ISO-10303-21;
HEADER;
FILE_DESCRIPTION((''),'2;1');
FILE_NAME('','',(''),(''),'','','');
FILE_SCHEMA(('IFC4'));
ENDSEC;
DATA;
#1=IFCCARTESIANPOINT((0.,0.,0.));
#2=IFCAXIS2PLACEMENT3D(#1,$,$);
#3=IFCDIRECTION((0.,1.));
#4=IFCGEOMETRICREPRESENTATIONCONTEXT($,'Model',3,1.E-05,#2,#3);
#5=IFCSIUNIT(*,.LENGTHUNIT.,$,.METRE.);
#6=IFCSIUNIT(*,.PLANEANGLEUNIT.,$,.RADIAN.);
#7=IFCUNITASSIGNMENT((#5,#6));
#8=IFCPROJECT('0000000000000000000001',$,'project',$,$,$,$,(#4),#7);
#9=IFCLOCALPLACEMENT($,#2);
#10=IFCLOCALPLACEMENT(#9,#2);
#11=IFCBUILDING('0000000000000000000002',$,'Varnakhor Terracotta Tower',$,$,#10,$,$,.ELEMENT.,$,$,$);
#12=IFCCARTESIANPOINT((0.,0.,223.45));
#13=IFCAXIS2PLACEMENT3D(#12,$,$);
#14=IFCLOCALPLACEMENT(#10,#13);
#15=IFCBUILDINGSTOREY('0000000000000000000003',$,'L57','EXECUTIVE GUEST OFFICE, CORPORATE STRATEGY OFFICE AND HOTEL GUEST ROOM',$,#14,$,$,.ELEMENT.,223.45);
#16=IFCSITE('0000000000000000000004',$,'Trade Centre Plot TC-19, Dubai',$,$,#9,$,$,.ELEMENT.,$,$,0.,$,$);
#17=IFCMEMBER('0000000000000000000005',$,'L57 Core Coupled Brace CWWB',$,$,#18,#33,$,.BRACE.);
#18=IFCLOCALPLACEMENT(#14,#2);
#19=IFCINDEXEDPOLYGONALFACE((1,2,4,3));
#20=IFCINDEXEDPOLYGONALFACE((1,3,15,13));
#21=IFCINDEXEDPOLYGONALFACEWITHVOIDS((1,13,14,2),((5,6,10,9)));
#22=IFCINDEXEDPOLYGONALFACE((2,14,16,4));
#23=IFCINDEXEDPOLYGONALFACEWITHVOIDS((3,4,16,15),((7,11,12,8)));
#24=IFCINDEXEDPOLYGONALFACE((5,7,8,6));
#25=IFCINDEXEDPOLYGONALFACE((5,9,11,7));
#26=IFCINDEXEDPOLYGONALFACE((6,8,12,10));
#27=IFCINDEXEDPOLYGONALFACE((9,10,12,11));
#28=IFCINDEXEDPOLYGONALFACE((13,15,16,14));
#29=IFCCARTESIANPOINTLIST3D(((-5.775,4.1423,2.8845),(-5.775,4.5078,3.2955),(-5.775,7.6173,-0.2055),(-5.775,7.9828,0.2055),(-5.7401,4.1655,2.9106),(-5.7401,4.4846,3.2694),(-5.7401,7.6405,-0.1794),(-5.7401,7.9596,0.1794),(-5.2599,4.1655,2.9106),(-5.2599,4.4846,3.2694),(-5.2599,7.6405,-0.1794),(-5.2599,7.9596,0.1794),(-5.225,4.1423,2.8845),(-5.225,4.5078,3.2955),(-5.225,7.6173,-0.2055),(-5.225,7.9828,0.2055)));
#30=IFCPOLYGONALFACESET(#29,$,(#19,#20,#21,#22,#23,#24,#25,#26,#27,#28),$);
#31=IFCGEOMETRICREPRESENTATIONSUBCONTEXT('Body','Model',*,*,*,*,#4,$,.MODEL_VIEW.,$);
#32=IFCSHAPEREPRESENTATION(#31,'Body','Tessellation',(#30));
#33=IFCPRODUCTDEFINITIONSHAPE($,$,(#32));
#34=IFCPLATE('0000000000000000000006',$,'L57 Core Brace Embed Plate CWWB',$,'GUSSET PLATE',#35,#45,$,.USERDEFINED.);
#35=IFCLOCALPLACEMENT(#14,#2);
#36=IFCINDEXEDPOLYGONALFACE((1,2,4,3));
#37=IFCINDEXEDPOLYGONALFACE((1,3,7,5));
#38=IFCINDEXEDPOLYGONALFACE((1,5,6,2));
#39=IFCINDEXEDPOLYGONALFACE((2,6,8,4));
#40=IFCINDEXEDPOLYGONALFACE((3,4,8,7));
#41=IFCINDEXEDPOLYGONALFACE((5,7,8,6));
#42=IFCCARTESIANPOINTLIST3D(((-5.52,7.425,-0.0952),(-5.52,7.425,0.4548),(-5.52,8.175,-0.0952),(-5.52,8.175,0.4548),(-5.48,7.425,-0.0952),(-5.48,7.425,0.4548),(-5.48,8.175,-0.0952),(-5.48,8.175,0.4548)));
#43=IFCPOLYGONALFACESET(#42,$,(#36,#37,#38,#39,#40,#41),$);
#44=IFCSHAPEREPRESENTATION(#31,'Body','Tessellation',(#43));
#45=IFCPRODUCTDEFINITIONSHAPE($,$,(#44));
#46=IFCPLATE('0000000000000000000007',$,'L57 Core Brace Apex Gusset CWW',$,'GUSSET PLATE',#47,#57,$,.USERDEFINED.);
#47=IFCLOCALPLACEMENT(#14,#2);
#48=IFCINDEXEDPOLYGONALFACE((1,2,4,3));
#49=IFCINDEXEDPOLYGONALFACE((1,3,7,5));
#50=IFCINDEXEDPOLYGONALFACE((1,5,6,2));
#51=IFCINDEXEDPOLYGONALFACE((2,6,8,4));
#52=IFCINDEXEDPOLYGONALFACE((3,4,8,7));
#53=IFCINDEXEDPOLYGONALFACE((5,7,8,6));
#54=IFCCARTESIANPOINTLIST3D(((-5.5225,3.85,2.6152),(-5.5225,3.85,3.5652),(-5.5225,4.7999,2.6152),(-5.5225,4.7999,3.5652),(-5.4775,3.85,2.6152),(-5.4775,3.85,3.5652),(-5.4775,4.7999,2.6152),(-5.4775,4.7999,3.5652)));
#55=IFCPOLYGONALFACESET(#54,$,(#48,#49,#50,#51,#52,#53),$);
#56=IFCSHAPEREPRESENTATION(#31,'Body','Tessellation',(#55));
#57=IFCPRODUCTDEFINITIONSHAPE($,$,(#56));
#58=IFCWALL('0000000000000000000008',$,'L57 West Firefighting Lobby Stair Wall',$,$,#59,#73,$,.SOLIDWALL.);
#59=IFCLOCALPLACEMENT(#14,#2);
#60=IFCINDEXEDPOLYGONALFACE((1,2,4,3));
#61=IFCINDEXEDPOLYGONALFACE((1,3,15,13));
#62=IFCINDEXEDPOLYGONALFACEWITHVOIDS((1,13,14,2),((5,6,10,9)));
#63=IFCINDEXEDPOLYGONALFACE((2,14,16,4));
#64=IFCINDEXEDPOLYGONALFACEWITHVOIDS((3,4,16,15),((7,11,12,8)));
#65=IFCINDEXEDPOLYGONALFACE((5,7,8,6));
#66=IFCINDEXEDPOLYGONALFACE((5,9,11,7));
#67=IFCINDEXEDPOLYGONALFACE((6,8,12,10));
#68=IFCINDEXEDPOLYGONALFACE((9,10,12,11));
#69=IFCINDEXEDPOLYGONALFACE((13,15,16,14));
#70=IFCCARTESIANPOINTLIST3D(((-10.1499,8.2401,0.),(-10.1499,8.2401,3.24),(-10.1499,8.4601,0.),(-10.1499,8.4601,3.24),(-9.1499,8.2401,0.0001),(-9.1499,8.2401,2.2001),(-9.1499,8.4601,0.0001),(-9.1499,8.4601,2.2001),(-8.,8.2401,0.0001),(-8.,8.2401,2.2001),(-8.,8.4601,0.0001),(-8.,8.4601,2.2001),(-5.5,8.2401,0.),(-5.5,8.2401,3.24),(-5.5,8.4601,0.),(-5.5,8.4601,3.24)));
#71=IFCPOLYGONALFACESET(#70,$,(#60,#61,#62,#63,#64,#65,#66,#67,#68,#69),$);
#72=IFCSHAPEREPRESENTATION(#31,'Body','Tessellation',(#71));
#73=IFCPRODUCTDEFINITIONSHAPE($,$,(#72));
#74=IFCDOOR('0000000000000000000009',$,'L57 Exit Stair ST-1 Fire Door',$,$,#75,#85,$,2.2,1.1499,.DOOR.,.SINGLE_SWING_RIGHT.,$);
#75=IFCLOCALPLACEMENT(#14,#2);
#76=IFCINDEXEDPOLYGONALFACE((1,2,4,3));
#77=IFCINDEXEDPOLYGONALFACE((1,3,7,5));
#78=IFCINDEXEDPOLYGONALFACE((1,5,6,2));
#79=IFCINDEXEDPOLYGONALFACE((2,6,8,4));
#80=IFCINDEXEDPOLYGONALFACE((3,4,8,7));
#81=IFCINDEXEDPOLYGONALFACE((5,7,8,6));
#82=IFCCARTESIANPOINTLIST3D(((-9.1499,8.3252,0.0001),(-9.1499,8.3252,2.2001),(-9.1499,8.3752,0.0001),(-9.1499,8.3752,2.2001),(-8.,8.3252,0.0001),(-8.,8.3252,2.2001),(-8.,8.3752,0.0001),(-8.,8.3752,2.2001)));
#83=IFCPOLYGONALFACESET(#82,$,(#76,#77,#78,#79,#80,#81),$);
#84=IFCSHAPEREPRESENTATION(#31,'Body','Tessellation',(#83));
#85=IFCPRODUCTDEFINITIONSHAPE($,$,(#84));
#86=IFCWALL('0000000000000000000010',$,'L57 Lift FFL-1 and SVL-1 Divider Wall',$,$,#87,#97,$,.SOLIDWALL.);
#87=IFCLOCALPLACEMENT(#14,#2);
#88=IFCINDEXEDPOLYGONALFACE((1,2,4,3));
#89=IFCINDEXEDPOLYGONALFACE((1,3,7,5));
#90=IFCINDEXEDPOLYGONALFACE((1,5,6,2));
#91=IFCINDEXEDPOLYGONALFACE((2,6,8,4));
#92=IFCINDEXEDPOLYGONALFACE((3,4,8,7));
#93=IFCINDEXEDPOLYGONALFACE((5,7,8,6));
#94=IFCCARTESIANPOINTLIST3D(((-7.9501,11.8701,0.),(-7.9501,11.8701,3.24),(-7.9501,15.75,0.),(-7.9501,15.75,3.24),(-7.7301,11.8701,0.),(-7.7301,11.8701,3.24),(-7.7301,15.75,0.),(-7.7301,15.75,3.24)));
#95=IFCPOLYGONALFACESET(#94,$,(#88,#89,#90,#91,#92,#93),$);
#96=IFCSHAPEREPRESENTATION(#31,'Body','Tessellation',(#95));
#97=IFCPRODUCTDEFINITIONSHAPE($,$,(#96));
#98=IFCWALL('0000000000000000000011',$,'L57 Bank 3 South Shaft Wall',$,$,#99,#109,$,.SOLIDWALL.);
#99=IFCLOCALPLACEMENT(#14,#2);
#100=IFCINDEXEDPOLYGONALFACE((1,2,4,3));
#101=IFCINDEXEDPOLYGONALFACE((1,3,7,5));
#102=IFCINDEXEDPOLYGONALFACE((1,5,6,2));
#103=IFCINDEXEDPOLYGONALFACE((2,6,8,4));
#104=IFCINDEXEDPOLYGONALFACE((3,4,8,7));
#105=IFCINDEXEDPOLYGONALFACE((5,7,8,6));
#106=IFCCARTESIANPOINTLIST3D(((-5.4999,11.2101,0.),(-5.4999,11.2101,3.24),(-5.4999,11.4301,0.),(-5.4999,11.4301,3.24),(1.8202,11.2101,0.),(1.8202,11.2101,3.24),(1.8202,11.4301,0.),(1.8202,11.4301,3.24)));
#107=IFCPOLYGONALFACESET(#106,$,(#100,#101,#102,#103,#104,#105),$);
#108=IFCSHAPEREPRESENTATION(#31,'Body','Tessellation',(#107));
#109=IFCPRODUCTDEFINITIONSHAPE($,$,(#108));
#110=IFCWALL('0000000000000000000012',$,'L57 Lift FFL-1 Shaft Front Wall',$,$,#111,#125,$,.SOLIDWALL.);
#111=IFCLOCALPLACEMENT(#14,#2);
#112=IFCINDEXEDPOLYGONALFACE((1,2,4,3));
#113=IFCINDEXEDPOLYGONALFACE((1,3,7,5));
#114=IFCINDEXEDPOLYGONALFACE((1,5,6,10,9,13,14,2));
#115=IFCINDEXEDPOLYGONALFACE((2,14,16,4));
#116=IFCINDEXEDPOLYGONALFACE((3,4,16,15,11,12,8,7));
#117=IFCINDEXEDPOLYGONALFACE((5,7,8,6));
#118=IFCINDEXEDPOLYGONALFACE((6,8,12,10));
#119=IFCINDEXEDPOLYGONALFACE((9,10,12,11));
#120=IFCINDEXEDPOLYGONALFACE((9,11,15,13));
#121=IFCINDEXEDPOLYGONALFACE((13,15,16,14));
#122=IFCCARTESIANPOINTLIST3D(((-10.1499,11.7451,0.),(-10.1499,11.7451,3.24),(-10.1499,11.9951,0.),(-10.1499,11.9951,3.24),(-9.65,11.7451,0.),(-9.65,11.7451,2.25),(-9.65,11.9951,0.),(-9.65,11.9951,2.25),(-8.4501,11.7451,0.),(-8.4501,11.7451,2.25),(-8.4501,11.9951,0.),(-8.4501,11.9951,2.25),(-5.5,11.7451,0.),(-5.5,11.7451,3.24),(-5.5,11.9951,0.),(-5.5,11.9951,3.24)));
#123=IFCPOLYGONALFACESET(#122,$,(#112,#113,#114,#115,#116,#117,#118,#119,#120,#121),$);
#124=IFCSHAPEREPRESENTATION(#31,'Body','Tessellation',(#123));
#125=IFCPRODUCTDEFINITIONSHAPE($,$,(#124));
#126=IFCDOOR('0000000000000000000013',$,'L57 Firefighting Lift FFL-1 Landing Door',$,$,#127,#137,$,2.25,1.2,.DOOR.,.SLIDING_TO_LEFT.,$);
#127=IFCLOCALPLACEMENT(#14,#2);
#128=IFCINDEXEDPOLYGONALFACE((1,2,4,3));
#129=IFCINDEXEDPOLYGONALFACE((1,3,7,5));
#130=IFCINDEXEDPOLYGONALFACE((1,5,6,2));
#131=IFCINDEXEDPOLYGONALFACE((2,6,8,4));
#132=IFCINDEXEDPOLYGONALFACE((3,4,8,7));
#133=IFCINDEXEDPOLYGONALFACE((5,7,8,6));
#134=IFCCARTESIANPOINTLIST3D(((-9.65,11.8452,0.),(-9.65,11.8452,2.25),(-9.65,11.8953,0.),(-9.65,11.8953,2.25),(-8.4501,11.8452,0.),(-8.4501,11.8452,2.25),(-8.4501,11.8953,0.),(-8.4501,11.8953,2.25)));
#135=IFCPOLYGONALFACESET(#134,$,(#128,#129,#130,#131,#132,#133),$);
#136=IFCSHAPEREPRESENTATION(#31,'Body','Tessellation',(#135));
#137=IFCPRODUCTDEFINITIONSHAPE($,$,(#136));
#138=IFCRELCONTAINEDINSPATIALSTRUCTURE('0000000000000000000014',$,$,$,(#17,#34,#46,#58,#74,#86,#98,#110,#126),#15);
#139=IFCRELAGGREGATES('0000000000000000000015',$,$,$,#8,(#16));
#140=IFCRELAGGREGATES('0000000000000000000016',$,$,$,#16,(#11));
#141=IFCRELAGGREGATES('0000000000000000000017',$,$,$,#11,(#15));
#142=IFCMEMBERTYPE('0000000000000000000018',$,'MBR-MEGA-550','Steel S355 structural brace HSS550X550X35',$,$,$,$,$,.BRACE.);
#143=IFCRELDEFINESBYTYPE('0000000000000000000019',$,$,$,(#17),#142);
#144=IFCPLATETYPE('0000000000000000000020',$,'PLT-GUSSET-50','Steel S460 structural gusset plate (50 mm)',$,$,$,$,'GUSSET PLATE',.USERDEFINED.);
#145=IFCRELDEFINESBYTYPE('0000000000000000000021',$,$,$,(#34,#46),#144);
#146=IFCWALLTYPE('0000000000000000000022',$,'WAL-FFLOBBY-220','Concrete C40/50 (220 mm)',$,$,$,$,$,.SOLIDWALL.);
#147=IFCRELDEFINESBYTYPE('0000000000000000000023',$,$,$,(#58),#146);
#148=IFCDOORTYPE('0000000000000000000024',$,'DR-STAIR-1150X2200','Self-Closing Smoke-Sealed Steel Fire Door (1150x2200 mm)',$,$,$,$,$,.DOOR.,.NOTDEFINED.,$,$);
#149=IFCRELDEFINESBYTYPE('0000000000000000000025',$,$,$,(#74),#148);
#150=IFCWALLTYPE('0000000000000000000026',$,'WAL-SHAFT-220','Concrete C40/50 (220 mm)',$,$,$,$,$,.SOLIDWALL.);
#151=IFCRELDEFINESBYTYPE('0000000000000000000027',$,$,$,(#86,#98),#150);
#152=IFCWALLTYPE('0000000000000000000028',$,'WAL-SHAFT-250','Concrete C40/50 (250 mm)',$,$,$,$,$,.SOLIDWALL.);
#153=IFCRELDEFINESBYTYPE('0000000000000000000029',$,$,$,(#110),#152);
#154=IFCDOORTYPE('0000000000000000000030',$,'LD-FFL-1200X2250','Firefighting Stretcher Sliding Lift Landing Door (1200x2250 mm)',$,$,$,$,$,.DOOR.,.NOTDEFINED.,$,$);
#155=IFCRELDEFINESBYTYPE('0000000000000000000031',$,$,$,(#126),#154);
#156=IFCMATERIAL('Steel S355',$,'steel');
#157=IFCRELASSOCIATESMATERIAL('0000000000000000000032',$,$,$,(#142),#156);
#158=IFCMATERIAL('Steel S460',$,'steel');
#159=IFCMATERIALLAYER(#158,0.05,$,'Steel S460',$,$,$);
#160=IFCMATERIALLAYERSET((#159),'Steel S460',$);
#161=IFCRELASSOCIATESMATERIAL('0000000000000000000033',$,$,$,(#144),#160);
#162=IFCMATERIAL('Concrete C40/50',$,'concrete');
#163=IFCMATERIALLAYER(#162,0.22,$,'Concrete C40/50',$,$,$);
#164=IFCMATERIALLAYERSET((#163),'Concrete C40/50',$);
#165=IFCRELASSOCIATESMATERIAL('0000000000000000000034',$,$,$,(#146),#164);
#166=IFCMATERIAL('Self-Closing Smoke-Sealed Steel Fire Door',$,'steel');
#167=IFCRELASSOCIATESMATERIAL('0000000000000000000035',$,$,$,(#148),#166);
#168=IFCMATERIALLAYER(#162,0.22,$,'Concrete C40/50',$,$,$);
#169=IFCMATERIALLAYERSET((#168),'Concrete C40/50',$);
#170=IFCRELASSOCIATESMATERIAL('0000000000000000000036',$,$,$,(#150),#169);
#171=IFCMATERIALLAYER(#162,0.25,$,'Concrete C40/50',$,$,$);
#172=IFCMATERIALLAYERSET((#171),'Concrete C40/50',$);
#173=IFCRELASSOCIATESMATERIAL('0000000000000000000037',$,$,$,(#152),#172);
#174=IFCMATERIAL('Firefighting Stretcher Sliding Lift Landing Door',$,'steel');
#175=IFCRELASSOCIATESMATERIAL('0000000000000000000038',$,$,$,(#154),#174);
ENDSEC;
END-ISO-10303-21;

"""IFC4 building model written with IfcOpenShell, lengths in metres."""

from ifc_helpers import new_model, si_unit, direction, frame, frame_2d, origin, origin_2d, place, context, subcontext, project, spatial, rectangle, hollow_rectangle, extrude, source, transform, mapped, material, layer, layer_set, material_profile, profile_set, type_object, type_shapes, element, fill, save


model = new_model("IFC4")

# Units and contexts
model_context = context("Model", 3, precision=1e-05, world=origin(), true_north=direction((0.0, 1.0)))
body_context = subcontext(model_context, "Body", "Model", "MODEL_VIEW")
ifc_project = project(units=[si_unit("LENGTHUNIT", "METRE"), si_unit("PLANEANGLEUNIT", "RADIAN")], contexts=[model_context])

# Site, building, storey
site_placement = place(None, origin())
site = spatial("IfcSite", under=ifc_project, at=site_placement, Name="Trade Centre Plot TC-19, Dubai", CompositionType="ELEMENT", RefElevation=0.0)
building_placement = place(site_placement, origin())
building = spatial("IfcBuilding", under=site, at=building_placement, Name="Varnakhor Terracotta Tower", CompositionType="ELEMENT")
storey_placement = place(building_placement, frame((0.0, 0.0, 223.45)))
storey = spatial("IfcBuildingStorey", under=building, at=storey_placement, Name="L57", Description="EXECUTIVE GUEST OFFICE, CORPORATE STRATEGY OFFICE AND HOTEL GUEST ROOM", CompositionType="ELEMENT", Elevation=223.45)

# Member
ifc_material_1 = material(Name="Steel S355", Category="steel")
ifc_material_profile = material_profile(ifc_material_1, hollow_rectangle(XDim=0.55, YDim=0.55, WallThickness=0.0349, at=origin_2d()), Name="HSS550X550X35")
ifc_profile_set = profile_set([ifc_material_profile], Name="Steel S355")
member_type = type_object("IfcMemberType", Name="MBR-MEGA-550", Description="Steel S355 structural brace HSS550X550X35", PredefinedType="BRACE", material=ifc_profile_set)
shared_shape_1 = source(origin(), body_context, "Body", "SweptSolid", [
    extrude(hollow_rectangle(XDim=0.55, YDim=0.55, WallThickness=0.0349, at=origin_2d()), origin(), (0.0, 0.0, 1.0), 4.6501),
])
member_placement = place(storey_placement, frame((-5.5, 7.8, 0.0), z_axis=(0.0, -0.747291, 0.664497), x_axis=(1.0, 0.0, 0.0)))
element("IfcMember", 1, at=member_placement, inside=storey, type_object=member_type, Name="L57 Core Coupled Brace CWWB", PredefinedType="BRACE", context=body_context, shape_type="MappedRepresentation", body=[
    mapped(shared_shape_1, transform((0.0, 0.0, 0.0), scale=1.0)),
])

# Plates
ifc_material_2 = material(Name="Steel S460", Category="steel")
ifc_layer_1 = layer(ifc_material_2, 0.05, Name="Steel S460")
ifc_layer_set_1 = layer_set([ifc_layer_1], Name="Steel S460")
plate_type = type_object("IfcPlateType", Name="PLT-GUSSET-50", Description="Steel S460 structural gusset plate (50 mm)", ElementType="GUSSET PLATE", PredefinedType="USERDEFINED", material=ifc_layer_set_1)
shared_shape_2 = source(origin(), body_context, "Body", "SweptSolid", [
    extrude(rectangle(XDim=0.75, YDim=0.04, at=origin_2d()), origin(), (0.0, 0.0, 1.0), 0.55),
])
type_shapes(plate_type, [shared_shape_2])
plate_1_placement = place(storey_placement, frame((-5.5, 7.8, -0.0952), z_axis=(0.0, 0.0, 1.0), x_axis=(0.0, 1.0, 0.0)))
element("IfcPlate", 2, at=plate_1_placement, inside=storey, type_object=plate_type, Name="L57 Core Brace Embed Plate CWWB", ObjectType="GUSSET PLATE", PredefinedType="USERDEFINED", context=body_context, shape_type="MappedRepresentation", body=[
    mapped(shared_shape_2, transform((0.0, 0.0, 0.0), scale=1.0)),
])
shared_shape_3 = source(origin(), body_context, "Body", "SweptSolid", [
    extrude(rectangle(XDim=0.95, YDim=0.0449, at=origin_2d()), origin(), (0.0, 0.0, 1.0), 0.95),
])
plate_2_placement = place(storey_placement, frame((-5.5, 4.325, 2.6152), z_axis=(0.0, 0.0, 1.0), x_axis=(0.0, 1.0, 0.0)))
element("IfcPlate", 3, at=plate_2_placement, inside=storey, type_object=plate_type, Name="L57 Core Brace Apex Gusset CWW", ObjectType="GUSSET PLATE", PredefinedType="USERDEFINED", context=body_context, shape_type="MappedRepresentation", body=[
    mapped(shared_shape_3, transform((0.0, 0.0, 0.0), scale=1.0)),
])

# Wall, opening, door
ifc_material_3 = material(Name="Concrete C40/50", Category="concrete")
ifc_layer_2 = layer(ifc_material_3, 0.22, Name="Concrete C40/50")
ifc_layer_set_2 = layer_set([ifc_layer_2], Name="Concrete C40/50")
wall_type_1 = type_object("IfcWallType", Name="WAL-FFLOBBY-220", Description="Concrete C40/50 (220 mm)", PredefinedType="SOLIDWALL", material=ifc_layer_set_2)
wall_1_placement = place(storey_placement, frame((-5.5, 8.3501, 0.0), z_axis=(0.0, 0.0, 1.0), x_axis=(-1.0, 0.0, 0.0)))
wall_1 = element("IfcWall", 4, at=wall_1_placement, inside=storey, type_object=wall_type_1, Name="L57 West Firefighting Lobby Stair Wall", PredefinedType="SOLIDWALL", context=body_context, shape_type="SweptSolid", body=[
    extrude(rectangle(XDim=4.6499, YDim=0.22, at=frame_2d((2.325, 0.0))), origin(), (0.0, 0.0, 1.0), 3.24),
])
opening_1_placement = place(wall_1_placement, frame((2.5, 0.0, 0.0)))
opening_1 = element("IfcOpeningElement", 5, at=opening_1_placement, cuts=wall_1, PredefinedType="OPENING", context=body_context, shape_type="SweptSolid", body=[
    extrude(rectangle(XDim=1.1499, YDim=2.2, at=frame_2d((0.575, 1.1001))), frame((0.0, 0.1201, 0.0), z_axis=(0.0, -1.0, 0.0), x_axis=(1.0, 0.0, 0.0)), (0.0, 0.0, 1.0), 0.24),
])
ifc_material_4 = material(Name="Self-Closing Smoke-Sealed Steel Fire Door", Category="steel")
door_type_1 = type_object("IfcDoorType", Name="DR-STAIR-1150X2200", Description="Self-Closing Smoke-Sealed Steel Fire Door (1150x2200 mm)", OperationType="NOTDEFINED", PredefinedType="DOOR", material=ifc_material_4)
shared_shape_4 = source(origin(), body_context, "Body", "SweptSolid", [
    extrude(rectangle(XDim=1.1499, YDim=2.2, at=frame_2d((0.575, 1.1001))), frame((0.0, 0.0249, 0.0), z_axis=(0.0, -1.0, 0.0), x_axis=(1.0, 0.0, 0.0)), (0.0, 0.0, 1.0), 0.05),
])
type_shapes(door_type_1, [shared_shape_4])
door_1_placement = place(opening_1_placement, origin())
door_1 = element("IfcDoor", 6, at=door_1_placement, inside=storey, type_object=door_type_1, Name="L57 Exit Stair ST-1 Fire Door", OperationType="SINGLE_SWING_RIGHT", OverallHeight=2.2, OverallWidth=1.1499, PredefinedType="DOOR", context=body_context, shape_type="MappedRepresentation", body=[
    mapped(shared_shape_4, transform((0.0, 0.0, 0.0), scale=1.0)),
])
fill(opening_1, door_1)

# Walls
ifc_layer_3 = layer(ifc_material_3, 0.22, Name="Concrete C40/50")
ifc_layer_set_3 = layer_set([ifc_layer_3], Name="Concrete C40/50")
wall_type_2 = type_object("IfcWallType", Name="WAL-SHAFT-220", Description="Concrete C40/50 (220 mm)", PredefinedType="SOLIDWALL", material=ifc_layer_set_3)
wall_2_placement = place(storey_placement, frame((-7.8401, 11.8701, 0.0), z_axis=(0.0, 0.0, 1.0), x_axis=(0.0, 1.0, 0.0)))
element("IfcWall", 7, at=wall_2_placement, inside=storey, type_object=wall_type_2, Name="L57 Lift FFL-1 and SVL-1 Divider Wall", PredefinedType="SOLIDWALL", context=body_context, shape_type="SweptSolid", body=[
    extrude(rectangle(XDim=3.8799, YDim=0.22, at=frame_2d((1.9399, 0.0))), origin(), (0.0, 0.0, 1.0), 3.24),
])
wall_3_placement = place(storey_placement, frame((-5.5, 11.3201, 0.0), z_axis=(0.0, 0.0, 1.0), x_axis=(1.0, 0.0, 0.0)))
element("IfcWall", 8, at=wall_3_placement, inside=storey, type_object=wall_type_2, Name="L57 Bank 3 South Shaft Wall", PredefinedType="SOLIDWALL", context=body_context, shape_type="SweptSolid", body=[
    extrude(rectangle(XDim=7.3201, YDim=0.22, at=frame_2d((3.6602, 0.0))), origin(), (0.0, 0.0, 1.0), 3.24),
])

# Wall, opening, door
ifc_layer_4 = layer(ifc_material_3, 0.25, Name="Concrete C40/50")
ifc_layer_set_4 = layer_set([ifc_layer_4], Name="Concrete C40/50")
wall_type_3 = type_object("IfcWallType", Name="WAL-SHAFT-250", Description="Concrete C40/50 (250 mm)", PredefinedType="SOLIDWALL", material=ifc_layer_set_4)
wall_4_placement = place(storey_placement, frame((-5.5, 11.8701, 0.0), z_axis=(0.0, 0.0, 1.0), x_axis=(-1.0, 0.0, 0.0)))
wall_4 = element("IfcWall", 9, at=wall_4_placement, inside=storey, type_object=wall_type_3, Name="L57 Lift FFL-1 Shaft Front Wall", PredefinedType="SOLIDWALL", context=body_context, shape_type="SweptSolid", body=[
    extrude(rectangle(XDim=4.6499, YDim=0.25, at=frame_2d((2.325, 0.0))), origin(), (0.0, 0.0, 1.0), 3.24),
])
opening_2_placement = place(wall_4_placement, frame((2.95, 0.0, 0.0)))
opening_2 = element("IfcOpeningElement", 10, at=opening_2_placement, cuts=wall_4, PredefinedType="OPENING", context=body_context, shape_type="SweptSolid", body=[
    extrude(rectangle(XDim=1.2, YDim=2.25, at=frame_2d((0.6001, 1.125))), frame((0.0, 0.135, 0.0), z_axis=(0.0, -1.0, 0.0), x_axis=(1.0, 0.0, 0.0)), (0.0, 0.0, 1.0), 0.27),
])
ifc_material_5 = material(Name="Firefighting Stretcher Sliding Lift Landing Door", Category="steel")
door_type_2 = type_object("IfcDoorType", Name="LD-FFL-1200X2250", Description="Firefighting Stretcher Sliding Lift Landing Door (1200x2250 mm)", OperationType="NOTDEFINED", PredefinedType="DOOR", material=ifc_material_5)
shared_shape_5 = source(origin(), body_context, "Body", "SweptSolid", [
    extrude(rectangle(XDim=1.2, YDim=2.25, at=frame_2d((0.6001, 1.125))), frame((0.0, 0.0249, 0.0), z_axis=(0.0, -1.0, 0.0), x_axis=(1.0, 0.0, 0.0)), (0.0, 0.0, 1.0), 0.05),
])
type_shapes(door_type_2, [shared_shape_5])
door_2_placement = place(opening_2_placement, origin())
door_2 = element("IfcDoor", 11, at=door_2_placement, inside=storey, type_object=door_type_2, Name="L57 Firefighting Lift FFL-1 Landing Door", OperationType="SLIDING_TO_LEFT", OverallHeight=2.25, OverallWidth=1.2, PredefinedType="DOOR", context=body_context, shape_type="MappedRepresentation", body=[
    mapped(shared_shape_5, transform((0.0, 0.0, 0.0), scale=1.0)),
])
fill(opening_2, door_2)

save(model, "model.ifc")
